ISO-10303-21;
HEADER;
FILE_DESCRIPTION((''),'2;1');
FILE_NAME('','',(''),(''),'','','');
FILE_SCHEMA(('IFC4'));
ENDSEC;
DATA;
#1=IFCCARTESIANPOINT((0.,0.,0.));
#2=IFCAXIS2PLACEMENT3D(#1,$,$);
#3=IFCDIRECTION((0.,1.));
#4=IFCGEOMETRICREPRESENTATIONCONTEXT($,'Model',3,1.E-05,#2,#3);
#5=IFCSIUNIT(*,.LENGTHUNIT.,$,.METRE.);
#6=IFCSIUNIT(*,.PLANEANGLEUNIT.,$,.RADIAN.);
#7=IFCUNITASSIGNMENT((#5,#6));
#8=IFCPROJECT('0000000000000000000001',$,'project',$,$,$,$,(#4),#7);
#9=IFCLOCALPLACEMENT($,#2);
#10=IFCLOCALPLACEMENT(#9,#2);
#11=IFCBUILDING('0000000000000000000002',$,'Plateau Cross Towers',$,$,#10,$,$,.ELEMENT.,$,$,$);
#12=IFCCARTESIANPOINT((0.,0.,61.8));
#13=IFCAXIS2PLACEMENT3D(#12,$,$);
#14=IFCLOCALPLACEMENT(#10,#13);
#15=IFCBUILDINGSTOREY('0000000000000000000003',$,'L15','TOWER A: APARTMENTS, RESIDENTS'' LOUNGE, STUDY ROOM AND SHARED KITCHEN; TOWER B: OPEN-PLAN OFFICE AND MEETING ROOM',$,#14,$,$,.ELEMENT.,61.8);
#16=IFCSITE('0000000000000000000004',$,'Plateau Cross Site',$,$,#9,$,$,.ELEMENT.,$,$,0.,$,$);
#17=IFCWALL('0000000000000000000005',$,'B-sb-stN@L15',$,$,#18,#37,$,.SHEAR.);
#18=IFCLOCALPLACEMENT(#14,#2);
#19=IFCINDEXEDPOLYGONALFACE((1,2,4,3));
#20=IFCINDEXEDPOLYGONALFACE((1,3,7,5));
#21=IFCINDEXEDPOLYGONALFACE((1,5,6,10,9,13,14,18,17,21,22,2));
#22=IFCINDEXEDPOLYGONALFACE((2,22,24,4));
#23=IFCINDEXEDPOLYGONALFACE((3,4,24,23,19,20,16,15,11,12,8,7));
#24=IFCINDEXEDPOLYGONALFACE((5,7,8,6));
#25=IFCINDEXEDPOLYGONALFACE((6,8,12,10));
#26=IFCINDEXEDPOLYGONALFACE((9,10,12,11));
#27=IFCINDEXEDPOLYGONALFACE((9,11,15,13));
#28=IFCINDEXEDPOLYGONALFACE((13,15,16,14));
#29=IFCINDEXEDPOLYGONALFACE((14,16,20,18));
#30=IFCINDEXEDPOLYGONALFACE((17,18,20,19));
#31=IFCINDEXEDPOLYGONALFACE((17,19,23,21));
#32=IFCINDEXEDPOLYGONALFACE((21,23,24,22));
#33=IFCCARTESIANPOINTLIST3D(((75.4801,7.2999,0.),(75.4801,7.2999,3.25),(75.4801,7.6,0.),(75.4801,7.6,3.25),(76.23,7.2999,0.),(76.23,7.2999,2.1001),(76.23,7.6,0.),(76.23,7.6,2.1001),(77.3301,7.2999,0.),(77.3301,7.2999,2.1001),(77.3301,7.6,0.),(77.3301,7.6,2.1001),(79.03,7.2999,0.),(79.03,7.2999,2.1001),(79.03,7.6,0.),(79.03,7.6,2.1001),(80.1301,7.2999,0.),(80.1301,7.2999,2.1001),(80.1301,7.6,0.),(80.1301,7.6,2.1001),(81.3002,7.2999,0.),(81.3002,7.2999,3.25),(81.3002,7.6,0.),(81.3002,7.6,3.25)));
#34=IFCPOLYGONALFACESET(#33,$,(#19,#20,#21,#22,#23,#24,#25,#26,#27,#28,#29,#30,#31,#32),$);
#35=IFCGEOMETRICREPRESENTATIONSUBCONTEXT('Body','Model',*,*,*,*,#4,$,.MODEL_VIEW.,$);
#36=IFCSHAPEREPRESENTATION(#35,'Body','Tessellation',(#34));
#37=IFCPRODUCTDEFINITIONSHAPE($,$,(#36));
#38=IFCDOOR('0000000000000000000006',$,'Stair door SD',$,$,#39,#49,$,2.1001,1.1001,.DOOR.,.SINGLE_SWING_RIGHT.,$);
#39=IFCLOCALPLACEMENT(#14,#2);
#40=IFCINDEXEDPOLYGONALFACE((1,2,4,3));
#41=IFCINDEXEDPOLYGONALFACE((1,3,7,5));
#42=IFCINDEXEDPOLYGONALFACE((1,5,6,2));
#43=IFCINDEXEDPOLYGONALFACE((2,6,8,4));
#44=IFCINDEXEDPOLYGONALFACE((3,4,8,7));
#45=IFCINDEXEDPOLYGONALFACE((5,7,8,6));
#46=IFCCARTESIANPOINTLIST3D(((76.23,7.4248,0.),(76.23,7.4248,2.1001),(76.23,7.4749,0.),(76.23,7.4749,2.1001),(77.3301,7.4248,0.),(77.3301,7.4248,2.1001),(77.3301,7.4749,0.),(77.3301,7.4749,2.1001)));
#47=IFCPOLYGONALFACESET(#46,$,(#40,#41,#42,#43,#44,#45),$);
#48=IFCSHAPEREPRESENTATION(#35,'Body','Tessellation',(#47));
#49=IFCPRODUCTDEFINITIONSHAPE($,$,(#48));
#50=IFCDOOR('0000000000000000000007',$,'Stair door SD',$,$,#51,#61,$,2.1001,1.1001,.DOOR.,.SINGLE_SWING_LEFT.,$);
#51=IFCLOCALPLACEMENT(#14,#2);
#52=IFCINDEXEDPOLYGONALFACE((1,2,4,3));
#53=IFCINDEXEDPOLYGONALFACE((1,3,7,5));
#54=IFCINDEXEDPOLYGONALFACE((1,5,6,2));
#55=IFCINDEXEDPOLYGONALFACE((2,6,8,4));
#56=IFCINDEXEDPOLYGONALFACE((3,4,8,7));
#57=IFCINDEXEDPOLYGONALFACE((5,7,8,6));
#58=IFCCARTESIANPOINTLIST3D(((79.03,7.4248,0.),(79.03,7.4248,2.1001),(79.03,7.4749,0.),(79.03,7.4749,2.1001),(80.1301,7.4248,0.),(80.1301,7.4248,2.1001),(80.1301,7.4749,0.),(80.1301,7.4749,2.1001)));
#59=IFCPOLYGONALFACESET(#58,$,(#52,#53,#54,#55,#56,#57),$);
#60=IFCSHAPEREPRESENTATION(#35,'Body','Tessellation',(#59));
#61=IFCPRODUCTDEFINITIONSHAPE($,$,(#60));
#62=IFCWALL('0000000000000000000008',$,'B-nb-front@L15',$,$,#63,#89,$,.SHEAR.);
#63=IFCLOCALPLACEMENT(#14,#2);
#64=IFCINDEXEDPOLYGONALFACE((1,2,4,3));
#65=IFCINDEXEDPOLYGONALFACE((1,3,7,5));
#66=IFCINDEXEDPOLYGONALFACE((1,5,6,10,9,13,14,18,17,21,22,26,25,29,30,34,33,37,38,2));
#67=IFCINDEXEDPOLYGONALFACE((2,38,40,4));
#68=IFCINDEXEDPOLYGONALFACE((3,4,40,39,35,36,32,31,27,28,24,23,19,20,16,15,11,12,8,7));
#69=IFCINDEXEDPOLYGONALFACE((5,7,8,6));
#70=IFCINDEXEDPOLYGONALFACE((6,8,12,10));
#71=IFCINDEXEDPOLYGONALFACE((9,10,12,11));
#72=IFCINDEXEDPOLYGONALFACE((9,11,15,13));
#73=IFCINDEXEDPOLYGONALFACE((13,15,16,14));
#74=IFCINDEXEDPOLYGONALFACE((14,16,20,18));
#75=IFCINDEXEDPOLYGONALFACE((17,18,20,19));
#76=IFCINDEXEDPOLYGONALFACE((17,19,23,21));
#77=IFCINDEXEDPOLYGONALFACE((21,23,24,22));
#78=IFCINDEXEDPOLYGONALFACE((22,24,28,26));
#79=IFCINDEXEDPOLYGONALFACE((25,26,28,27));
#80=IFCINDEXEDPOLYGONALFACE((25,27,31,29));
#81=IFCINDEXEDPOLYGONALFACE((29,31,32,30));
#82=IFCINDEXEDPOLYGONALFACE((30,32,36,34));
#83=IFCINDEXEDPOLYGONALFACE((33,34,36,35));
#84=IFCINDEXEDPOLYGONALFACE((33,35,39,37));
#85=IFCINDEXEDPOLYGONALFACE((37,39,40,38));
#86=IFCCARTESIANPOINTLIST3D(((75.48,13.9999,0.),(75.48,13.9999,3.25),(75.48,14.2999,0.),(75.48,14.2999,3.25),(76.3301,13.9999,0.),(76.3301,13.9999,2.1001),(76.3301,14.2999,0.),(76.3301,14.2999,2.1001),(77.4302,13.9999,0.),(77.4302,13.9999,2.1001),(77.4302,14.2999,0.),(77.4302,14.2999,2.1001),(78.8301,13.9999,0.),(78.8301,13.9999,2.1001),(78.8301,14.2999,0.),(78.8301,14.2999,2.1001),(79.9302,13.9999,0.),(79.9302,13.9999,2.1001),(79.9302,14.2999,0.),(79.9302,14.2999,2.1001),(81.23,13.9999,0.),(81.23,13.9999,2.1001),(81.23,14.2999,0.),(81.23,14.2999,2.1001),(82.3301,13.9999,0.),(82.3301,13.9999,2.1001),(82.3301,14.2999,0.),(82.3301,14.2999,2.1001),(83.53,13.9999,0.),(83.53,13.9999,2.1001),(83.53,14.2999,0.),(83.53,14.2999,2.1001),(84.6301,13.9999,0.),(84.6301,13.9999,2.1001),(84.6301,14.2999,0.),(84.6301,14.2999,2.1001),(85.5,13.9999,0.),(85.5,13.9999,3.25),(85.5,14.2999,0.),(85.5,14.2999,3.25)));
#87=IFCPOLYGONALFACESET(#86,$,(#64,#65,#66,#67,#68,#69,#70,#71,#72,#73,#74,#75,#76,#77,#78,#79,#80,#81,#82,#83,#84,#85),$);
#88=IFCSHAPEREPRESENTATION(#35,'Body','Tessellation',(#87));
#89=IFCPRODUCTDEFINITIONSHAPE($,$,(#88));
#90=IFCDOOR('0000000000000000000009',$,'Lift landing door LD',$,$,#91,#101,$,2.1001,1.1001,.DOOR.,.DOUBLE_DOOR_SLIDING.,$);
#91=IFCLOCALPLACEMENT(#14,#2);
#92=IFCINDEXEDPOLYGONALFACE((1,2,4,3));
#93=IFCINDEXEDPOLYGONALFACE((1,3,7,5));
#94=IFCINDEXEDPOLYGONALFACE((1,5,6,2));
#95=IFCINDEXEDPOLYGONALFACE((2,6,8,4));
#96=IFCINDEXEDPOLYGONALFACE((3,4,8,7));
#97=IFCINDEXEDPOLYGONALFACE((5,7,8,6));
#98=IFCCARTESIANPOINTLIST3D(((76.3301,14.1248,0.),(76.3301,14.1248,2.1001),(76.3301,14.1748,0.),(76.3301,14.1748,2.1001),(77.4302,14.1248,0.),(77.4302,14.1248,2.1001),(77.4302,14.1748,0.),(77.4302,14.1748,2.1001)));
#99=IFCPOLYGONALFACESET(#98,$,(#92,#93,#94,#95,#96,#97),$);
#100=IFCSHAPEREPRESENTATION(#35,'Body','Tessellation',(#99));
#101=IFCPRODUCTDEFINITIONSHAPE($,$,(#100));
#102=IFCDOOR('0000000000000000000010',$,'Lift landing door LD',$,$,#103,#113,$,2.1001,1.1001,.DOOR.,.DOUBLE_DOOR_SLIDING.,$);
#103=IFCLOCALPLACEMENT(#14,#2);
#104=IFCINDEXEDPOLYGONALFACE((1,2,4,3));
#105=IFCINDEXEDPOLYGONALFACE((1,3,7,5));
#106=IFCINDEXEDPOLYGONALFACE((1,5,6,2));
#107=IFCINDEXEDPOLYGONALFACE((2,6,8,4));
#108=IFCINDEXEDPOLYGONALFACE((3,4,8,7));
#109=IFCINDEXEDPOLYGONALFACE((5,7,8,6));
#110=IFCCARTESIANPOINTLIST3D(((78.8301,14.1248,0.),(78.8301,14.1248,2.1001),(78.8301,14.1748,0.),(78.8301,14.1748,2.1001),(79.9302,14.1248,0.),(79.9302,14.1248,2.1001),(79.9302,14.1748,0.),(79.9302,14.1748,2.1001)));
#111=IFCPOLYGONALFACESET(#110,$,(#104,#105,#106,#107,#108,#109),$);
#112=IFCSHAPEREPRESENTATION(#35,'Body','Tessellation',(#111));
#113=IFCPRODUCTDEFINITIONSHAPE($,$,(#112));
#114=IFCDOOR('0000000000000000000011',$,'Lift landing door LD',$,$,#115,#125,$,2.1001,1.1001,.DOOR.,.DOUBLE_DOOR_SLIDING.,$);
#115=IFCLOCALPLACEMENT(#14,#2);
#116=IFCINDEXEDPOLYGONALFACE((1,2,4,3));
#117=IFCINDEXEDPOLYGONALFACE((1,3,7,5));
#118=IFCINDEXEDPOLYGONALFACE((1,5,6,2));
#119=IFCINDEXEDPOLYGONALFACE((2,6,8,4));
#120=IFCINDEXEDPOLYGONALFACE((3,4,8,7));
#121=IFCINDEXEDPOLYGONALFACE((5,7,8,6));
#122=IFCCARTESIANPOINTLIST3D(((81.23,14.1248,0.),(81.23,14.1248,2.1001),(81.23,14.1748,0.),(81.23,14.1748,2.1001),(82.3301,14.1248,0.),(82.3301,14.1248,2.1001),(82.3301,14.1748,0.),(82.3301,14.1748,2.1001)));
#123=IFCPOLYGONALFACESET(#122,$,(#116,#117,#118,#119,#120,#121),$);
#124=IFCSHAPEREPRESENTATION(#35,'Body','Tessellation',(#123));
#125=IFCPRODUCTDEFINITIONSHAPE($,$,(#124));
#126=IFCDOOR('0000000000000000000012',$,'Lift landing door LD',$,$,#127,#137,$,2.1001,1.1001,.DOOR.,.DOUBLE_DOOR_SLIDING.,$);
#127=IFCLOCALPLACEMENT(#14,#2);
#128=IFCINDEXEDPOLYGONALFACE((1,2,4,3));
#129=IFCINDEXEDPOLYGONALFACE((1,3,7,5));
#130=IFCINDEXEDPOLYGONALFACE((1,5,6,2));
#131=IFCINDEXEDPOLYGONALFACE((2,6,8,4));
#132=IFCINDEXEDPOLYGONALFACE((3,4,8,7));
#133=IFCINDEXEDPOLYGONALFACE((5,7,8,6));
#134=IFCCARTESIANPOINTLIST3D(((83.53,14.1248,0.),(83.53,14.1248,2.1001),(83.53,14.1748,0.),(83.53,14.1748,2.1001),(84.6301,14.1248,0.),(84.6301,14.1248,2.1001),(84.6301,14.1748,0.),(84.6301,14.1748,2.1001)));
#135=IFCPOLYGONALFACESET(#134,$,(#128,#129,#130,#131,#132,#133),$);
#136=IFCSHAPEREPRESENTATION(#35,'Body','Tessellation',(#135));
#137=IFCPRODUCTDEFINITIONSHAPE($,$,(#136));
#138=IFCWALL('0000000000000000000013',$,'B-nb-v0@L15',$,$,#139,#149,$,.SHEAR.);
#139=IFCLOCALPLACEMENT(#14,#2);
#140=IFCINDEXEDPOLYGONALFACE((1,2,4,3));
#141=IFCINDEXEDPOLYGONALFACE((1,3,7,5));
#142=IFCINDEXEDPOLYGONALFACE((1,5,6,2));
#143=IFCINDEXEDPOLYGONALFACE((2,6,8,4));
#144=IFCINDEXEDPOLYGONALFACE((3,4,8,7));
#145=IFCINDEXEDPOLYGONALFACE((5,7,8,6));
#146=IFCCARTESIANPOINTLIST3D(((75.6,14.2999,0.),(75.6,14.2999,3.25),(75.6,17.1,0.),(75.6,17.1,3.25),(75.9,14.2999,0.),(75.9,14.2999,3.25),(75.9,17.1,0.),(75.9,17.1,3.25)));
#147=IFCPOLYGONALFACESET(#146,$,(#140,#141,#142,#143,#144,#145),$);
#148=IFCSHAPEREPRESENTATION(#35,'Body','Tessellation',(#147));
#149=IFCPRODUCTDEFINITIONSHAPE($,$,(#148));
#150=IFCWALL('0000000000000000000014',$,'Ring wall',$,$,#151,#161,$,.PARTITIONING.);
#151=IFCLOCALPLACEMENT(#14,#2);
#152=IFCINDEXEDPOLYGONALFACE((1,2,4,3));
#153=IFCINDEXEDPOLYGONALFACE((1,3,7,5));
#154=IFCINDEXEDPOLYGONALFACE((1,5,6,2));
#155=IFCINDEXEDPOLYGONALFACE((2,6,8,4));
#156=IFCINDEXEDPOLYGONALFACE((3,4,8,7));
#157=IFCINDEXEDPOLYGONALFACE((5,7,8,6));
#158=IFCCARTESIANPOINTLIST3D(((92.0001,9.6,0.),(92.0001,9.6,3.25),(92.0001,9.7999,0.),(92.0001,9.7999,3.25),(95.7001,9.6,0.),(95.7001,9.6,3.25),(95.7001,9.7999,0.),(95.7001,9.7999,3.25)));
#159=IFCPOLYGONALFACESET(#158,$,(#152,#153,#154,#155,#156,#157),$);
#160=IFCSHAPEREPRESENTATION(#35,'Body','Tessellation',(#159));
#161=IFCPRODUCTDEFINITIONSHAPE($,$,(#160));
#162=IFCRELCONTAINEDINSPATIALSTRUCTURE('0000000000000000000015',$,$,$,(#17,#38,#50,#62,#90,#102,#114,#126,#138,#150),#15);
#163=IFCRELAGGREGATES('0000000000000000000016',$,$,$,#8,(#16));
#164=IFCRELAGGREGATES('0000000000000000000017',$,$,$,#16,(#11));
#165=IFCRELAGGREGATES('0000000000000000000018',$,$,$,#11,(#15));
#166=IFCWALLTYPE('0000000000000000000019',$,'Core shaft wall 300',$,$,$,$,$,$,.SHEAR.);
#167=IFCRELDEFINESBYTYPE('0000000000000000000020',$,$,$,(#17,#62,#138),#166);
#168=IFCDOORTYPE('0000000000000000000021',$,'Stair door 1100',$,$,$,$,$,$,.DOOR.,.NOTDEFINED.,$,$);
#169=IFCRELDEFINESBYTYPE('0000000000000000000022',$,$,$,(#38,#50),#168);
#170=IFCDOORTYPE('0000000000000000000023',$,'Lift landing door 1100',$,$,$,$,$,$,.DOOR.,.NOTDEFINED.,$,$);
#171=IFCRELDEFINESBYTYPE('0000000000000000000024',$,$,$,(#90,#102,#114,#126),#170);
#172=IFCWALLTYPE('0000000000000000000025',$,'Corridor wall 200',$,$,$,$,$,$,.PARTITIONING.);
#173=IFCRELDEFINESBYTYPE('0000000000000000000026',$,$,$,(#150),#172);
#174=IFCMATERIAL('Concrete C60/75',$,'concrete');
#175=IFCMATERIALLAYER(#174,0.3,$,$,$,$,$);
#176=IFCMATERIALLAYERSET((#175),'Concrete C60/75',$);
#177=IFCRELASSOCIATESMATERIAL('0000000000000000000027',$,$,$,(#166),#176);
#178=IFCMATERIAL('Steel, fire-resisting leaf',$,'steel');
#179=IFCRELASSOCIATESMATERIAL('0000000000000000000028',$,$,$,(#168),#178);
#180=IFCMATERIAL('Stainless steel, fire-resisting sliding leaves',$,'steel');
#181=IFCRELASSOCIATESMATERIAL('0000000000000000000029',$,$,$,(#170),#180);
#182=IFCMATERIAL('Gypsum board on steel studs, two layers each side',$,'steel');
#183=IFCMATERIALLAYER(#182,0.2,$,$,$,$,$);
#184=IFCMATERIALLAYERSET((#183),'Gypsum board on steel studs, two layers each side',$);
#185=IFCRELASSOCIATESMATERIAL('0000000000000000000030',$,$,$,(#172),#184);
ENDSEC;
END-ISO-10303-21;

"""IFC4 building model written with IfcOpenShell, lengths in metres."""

from ifc_helpers import new_model, si_unit, direction, frame, frame_2d, origin, place, context, subcontext, project, spatial, rectangle, extrude, material, layer, layer_set, type_object, element, fill, save


model = new_model("IFC4")

# Units and contexts
model_context = context("Model", 3, precision=1e-05, world=origin(), true_north=direction((0.0, 1.0)))
body_context = subcontext(model_context, "Body", "Model", "MODEL_VIEW")
ifc_project = project(units=[si_unit("LENGTHUNIT", "METRE"), si_unit("PLANEANGLEUNIT", "RADIAN")], contexts=[model_context])

# Site, building, storey
site_placement = place(None, origin())
site = spatial("IfcSite", under=ifc_project, at=site_placement, Name="Plateau Cross Site", CompositionType="ELEMENT", RefElevation=0.0)
building_placement = place(site_placement, origin())
building = spatial("IfcBuilding", under=site, at=building_placement, Name="Plateau Cross Towers", CompositionType="ELEMENT")
storey_placement = place(building_placement, frame((0.0, 0.0, 61.8)))
storey = spatial("IfcBuildingStorey", under=building, at=storey_placement, Name="L15", Description="TOWER A: APARTMENTS, RESIDENTS' LOUNGE, STUDY ROOM AND SHARED KITCHEN; TOWER B: OPEN-PLAN OFFICE AND MEETING ROOM", CompositionType="ELEMENT", Elevation=61.8)

# Shared definitions
ifc_material_1 = material(Name="Concrete C60/75", Category="concrete")

# Shared definitions
ifc_material_2 = material(Name="Steel, fire-resisting leaf", Category="steel")

# Walls, openings, doors
ifc_layer_1 = layer(ifc_material_1, 0.3)
ifc_layer_set_1 = layer_set([ifc_layer_1], Name="Concrete C60/75")
wall_type_1 = type_object("IfcWallType", Name="Core shaft wall 300", PredefinedType="SHEAR", material=ifc_layer_set_1)
wall_1_placement = place(storey_placement, frame((75.48, 7.45, 0.0), z_axis=(0.0, 0.0, 1.0), x_axis=(1.0, 0.0, 0.0)))
wall_1 = element("IfcWall", 1, at=wall_1_placement, inside=storey, type_object=wall_type_1, Name="B-sb-stN@L15", PredefinedType="SHEAR", context=body_context, shape_type="SweptSolid", body=[
    extrude(rectangle(XDim=5.8201, YDim=0.3, at=frame_2d((2.9102, 0.0))), origin(), (0.0, 0.0, 1.0), 3.25),
])
opening_1_placement = place(wall_1_placement, frame((0.75, 0.0, 0.0)))
opening_1 = element("IfcOpeningElement", 2, at=opening_1_placement, cuts=wall_1, PredefinedType="OPENING", context=body_context, shape_type="SweptSolid", body=[
    extrude(rectangle(XDim=1.1001, YDim=2.1001, at=frame_2d((0.55, 1.05))), frame((0.0, 0.1599, 0.0), z_axis=(0.0, -1.0, 0.0), x_axis=(1.0, 0.0, 0.0)), (0.0, 0.0, 1.0), 0.3201),
])
opening_2_placement = place(wall_1_placement, frame((3.55, 0.0, 0.0)))
opening_2 = element("IfcOpeningElement", 3, at=opening_2_placement, cuts=wall_1, PredefinedType="OPENING", context=body_context, shape_type="SweptSolid", body=[
    extrude(rectangle(XDim=1.1001, YDim=2.1001, at=frame_2d((0.55, 1.05))), frame((0.0, 0.1599, 0.0), z_axis=(0.0, -1.0, 0.0), x_axis=(1.0, 0.0, 0.0)), (0.0, 0.0, 1.0), 0.3201),
])
door_type_1 = type_object("IfcDoorType", Name="Stair door 1100", OperationType="NOTDEFINED", PredefinedType="DOOR", material=ifc_material_2)
door_1_placement = place(opening_1_placement, origin())
door_1 = element("IfcDoor", 4, at=door_1_placement, inside=storey, type_object=door_type_1, Name="Stair door SD", OperationType="SINGLE_SWING_RIGHT", OverallHeight=2.1001, OverallWidth=1.1001, PredefinedType="DOOR", context=body_context, shape_type="SweptSolid", body=[
    extrude(rectangle(XDim=1.1001, YDim=2.1001, at=frame_2d((0.55, 1.05))), frame((0.0, 0.0249, 0.0), z_axis=(0.0, -1.0, 0.0), x_axis=(1.0, 0.0, 0.0)), (0.0, 0.0, 1.0), 0.05),
])
fill(opening_1, door_1)
door_2_placement = place(opening_2_placement, origin())
door_2 = element("IfcDoor", 5, at=door_2_placement, inside=storey, type_object=door_type_1, Name="Stair door SD", OperationType="SINGLE_SWING_LEFT", OverallHeight=2.1001, OverallWidth=1.1001, PredefinedType="DOOR", context=body_context, shape_type="SweptSolid", body=[
    extrude(rectangle(XDim=1.1001, YDim=2.1001, at=frame_2d((0.55, 1.05))), frame((0.0, 0.0249, 0.0), z_axis=(0.0, -1.0, 0.0), x_axis=(1.0, 0.0, 0.0)), (0.0, 0.0, 1.0), 0.05),
])
fill(opening_2, door_2)
wall_2_placement = place(storey_placement, frame((75.48, 14.1499, 0.0), z_axis=(0.0, 0.0, 1.0), x_axis=(1.0, 0.0, 0.0)))
wall_2 = element("IfcWall", 6, at=wall_2_placement, inside=storey, type_object=wall_type_1, Name="B-nb-front@L15", PredefinedType="SHEAR", context=body_context, shape_type="SweptSolid", body=[
    extrude(rectangle(XDim=10.02, YDim=0.3, at=frame_2d((5.01, 0.0))), origin(), (0.0, 0.0, 1.0), 3.25),
])
opening_3_placement = place(wall_2_placement, frame((0.8501, 0.0, 0.0)))
opening_3 = element("IfcOpeningElement", 7, at=opening_3_placement, cuts=wall_2, PredefinedType="OPENING", context=body_context, shape_type="SweptSolid", body=[
    extrude(rectangle(XDim=1.1001, YDim=2.1001, at=frame_2d((0.55, 1.05))), frame((0.0, 0.1599, 0.0), z_axis=(0.0, -1.0, 0.0), x_axis=(1.0, 0.0, 0.0)), (0.0, 0.0, 1.0), 0.3201),
])
opening_4_placement = place(wall_2_placement, frame((3.3501, 0.0, 0.0)))
opening_4 = element("IfcOpeningElement", 8, at=opening_4_placement, cuts=wall_2, PredefinedType="OPENING", context=body_context, shape_type="SweptSolid", body=[
    extrude(rectangle(XDim=1.1001, YDim=2.1001, at=frame_2d((0.55, 1.05))), frame((0.0, 0.1599, 0.0), z_axis=(0.0, -1.0, 0.0), x_axis=(1.0, 0.0, 0.0)), (0.0, 0.0, 1.0), 0.3201),
])
opening_5_placement = place(wall_2_placement, frame((5.75, 0.0, 0.0)))
opening_5 = element("IfcOpeningElement", 9, at=opening_5_placement, cuts=wall_2, PredefinedType="OPENING", context=body_context, shape_type="SweptSolid", body=[
    extrude(rectangle(XDim=1.1001, YDim=2.1001, at=frame_2d((0.55, 1.05))), frame((0.0, 0.1599, 0.0), z_axis=(0.0, -1.0, 0.0), x_axis=(1.0, 0.0, 0.0)), (0.0, 0.0, 1.0), 0.3201),
])
opening_6_placement = place(wall_2_placement, frame((8.05, 0.0, 0.0)))
opening_6 = element("IfcOpeningElement", 10, at=opening_6_placement, cuts=wall_2, PredefinedType="OPENING", context=body_context, shape_type="SweptSolid", body=[
    extrude(rectangle(XDim=1.1001, YDim=2.1001, at=frame_2d((0.55, 1.05))), frame((0.0, 0.1599, 0.0), z_axis=(0.0, -1.0, 0.0), x_axis=(1.0, 0.0, 0.0)), (0.0, 0.0, 1.0), 0.3201),
])
ifc_material_3 = material(Name="Stainless steel, fire-resisting sliding leaves", Category="steel")
door_type_2 = type_object("IfcDoorType", Name="Lift landing door 1100", OperationType="NOTDEFINED", PredefinedType="DOOR", material=ifc_material_3)
door_3_placement = place(opening_3_placement, origin())
door_3 = element("IfcDoor", 11, at=door_3_placement, inside=storey, type_object=door_type_2, Name="Lift landing door LD", OperationType="DOUBLE_DOOR_SLIDING", OverallHeight=2.1001, OverallWidth=1.1001, PredefinedType="DOOR", context=body_context, shape_type="SweptSolid", body=[
    extrude(rectangle(XDim=1.1001, YDim=2.1001, at=frame_2d((0.55, 1.05))), frame((0.0, 0.0249, 0.0), z_axis=(0.0, -1.0, 0.0), x_axis=(1.0, 0.0, 0.0)), (0.0, 0.0, 1.0), 0.05),
])
fill(opening_3, door_3)
door_4_placement = place(opening_4_placement, origin())
door_4 = element("IfcDoor", 12, at=door_4_placement, inside=storey, type_object=door_type_2, Name="Lift landing door LD", OperationType="DOUBLE_DOOR_SLIDING", OverallHeight=2.1001, OverallWidth=1.1001, PredefinedType="DOOR", context=body_context, shape_type="SweptSolid", body=[
    extrude(rectangle(XDim=1.1001, YDim=2.1001, at=frame_2d((0.55, 1.05))), frame((0.0, 0.0249, 0.0), z_axis=(0.0, -1.0, 0.0), x_axis=(1.0, 0.0, 0.0)), (0.0, 0.0, 1.0), 0.05),
])
fill(opening_4, door_4)
door_5_placement = place(opening_5_placement, origin())
door_5 = element("IfcDoor", 13, at=door_5_placement, inside=storey, type_object=door_type_2, Name="Lift landing door LD", OperationType="DOUBLE_DOOR_SLIDING", OverallHeight=2.1001, OverallWidth=1.1001, PredefinedType="DOOR", context=body_context, shape_type="SweptSolid", body=[
    extrude(rectangle(XDim=1.1001, YDim=2.1001, at=frame_2d((0.55, 1.05))), frame((0.0, 0.0249, 0.0), z_axis=(0.0, -1.0, 0.0), x_axis=(1.0, 0.0, 0.0)), (0.0, 0.0, 1.0), 0.05),
])
fill(opening_5, door_5)
door_6_placement = place(opening_6_placement, origin())
door_6 = element("IfcDoor", 14, at=door_6_placement, inside=storey, type_object=door_type_2, Name="Lift landing door LD", OperationType="DOUBLE_DOOR_SLIDING", OverallHeight=2.1001, OverallWidth=1.1001, PredefinedType="DOOR", context=body_context, shape_type="SweptSolid", body=[
    extrude(rectangle(XDim=1.1001, YDim=2.1001, at=frame_2d((0.55, 1.05))), frame((0.0, 0.0249, 0.0), z_axis=(0.0, -1.0, 0.0), x_axis=(1.0, 0.0, 0.0)), (0.0, 0.0, 1.0), 0.05),
])
fill(opening_6, door_6)

# Wall
wall_3_placement = place(storey_placement, frame((75.75, 14.3, 0.0), z_axis=(0.0, 0.0, 1.0), x_axis=(0.0, 1.0, 0.0)))
element("IfcWall", 15, at=wall_3_placement, inside=storey, type_object=wall_type_1, Name="B-nb-v0@L15", PredefinedType="SHEAR", context=body_context, shape_type="SweptSolid", body=[
    extrude(rectangle(XDim=2.8, YDim=0.3, at=frame_2d((1.3999, 0.0))), origin(), (0.0, 0.0, 1.0), 3.25),
])

# Shared definitions
ifc_material_4 = material(Name="Gypsum board on steel studs, two layers each side", Category="steel")
ifc_layer_2 = layer(ifc_material_4, 0.2)
ifc_layer_set_2 = layer_set([ifc_layer_2], Name="Gypsum board on steel studs, two layers each side")
wall_type_2 = type_object("IfcWallType", Name="Corridor wall 200", PredefinedType="PARTITIONING", material=ifc_layer_set_2)

# Wall
for number, where, z_axis, x_axis, name in (
    (16, (92.0, 9.7, 0.0), (0.0, 0.0, 1.0), (1.0, 0.0, 0.0), "Ring wall"),
):
    element("IfcWall", number, at=place(storey_placement, frame(where, z_axis=z_axis, x_axis=x_axis)), inside=storey, type_object=wall_type_2, Name=name, PredefinedType="PARTITIONING", context=body_context, shape_type="SweptSolid", body=[
        extrude(rectangle(XDim=3.7, YDim=0.2, at=frame_2d((1.8501, 0.0))), origin(), (0.0, 0.0, 1.0), 3.25),
    ])

save(model, "model.ifc")
